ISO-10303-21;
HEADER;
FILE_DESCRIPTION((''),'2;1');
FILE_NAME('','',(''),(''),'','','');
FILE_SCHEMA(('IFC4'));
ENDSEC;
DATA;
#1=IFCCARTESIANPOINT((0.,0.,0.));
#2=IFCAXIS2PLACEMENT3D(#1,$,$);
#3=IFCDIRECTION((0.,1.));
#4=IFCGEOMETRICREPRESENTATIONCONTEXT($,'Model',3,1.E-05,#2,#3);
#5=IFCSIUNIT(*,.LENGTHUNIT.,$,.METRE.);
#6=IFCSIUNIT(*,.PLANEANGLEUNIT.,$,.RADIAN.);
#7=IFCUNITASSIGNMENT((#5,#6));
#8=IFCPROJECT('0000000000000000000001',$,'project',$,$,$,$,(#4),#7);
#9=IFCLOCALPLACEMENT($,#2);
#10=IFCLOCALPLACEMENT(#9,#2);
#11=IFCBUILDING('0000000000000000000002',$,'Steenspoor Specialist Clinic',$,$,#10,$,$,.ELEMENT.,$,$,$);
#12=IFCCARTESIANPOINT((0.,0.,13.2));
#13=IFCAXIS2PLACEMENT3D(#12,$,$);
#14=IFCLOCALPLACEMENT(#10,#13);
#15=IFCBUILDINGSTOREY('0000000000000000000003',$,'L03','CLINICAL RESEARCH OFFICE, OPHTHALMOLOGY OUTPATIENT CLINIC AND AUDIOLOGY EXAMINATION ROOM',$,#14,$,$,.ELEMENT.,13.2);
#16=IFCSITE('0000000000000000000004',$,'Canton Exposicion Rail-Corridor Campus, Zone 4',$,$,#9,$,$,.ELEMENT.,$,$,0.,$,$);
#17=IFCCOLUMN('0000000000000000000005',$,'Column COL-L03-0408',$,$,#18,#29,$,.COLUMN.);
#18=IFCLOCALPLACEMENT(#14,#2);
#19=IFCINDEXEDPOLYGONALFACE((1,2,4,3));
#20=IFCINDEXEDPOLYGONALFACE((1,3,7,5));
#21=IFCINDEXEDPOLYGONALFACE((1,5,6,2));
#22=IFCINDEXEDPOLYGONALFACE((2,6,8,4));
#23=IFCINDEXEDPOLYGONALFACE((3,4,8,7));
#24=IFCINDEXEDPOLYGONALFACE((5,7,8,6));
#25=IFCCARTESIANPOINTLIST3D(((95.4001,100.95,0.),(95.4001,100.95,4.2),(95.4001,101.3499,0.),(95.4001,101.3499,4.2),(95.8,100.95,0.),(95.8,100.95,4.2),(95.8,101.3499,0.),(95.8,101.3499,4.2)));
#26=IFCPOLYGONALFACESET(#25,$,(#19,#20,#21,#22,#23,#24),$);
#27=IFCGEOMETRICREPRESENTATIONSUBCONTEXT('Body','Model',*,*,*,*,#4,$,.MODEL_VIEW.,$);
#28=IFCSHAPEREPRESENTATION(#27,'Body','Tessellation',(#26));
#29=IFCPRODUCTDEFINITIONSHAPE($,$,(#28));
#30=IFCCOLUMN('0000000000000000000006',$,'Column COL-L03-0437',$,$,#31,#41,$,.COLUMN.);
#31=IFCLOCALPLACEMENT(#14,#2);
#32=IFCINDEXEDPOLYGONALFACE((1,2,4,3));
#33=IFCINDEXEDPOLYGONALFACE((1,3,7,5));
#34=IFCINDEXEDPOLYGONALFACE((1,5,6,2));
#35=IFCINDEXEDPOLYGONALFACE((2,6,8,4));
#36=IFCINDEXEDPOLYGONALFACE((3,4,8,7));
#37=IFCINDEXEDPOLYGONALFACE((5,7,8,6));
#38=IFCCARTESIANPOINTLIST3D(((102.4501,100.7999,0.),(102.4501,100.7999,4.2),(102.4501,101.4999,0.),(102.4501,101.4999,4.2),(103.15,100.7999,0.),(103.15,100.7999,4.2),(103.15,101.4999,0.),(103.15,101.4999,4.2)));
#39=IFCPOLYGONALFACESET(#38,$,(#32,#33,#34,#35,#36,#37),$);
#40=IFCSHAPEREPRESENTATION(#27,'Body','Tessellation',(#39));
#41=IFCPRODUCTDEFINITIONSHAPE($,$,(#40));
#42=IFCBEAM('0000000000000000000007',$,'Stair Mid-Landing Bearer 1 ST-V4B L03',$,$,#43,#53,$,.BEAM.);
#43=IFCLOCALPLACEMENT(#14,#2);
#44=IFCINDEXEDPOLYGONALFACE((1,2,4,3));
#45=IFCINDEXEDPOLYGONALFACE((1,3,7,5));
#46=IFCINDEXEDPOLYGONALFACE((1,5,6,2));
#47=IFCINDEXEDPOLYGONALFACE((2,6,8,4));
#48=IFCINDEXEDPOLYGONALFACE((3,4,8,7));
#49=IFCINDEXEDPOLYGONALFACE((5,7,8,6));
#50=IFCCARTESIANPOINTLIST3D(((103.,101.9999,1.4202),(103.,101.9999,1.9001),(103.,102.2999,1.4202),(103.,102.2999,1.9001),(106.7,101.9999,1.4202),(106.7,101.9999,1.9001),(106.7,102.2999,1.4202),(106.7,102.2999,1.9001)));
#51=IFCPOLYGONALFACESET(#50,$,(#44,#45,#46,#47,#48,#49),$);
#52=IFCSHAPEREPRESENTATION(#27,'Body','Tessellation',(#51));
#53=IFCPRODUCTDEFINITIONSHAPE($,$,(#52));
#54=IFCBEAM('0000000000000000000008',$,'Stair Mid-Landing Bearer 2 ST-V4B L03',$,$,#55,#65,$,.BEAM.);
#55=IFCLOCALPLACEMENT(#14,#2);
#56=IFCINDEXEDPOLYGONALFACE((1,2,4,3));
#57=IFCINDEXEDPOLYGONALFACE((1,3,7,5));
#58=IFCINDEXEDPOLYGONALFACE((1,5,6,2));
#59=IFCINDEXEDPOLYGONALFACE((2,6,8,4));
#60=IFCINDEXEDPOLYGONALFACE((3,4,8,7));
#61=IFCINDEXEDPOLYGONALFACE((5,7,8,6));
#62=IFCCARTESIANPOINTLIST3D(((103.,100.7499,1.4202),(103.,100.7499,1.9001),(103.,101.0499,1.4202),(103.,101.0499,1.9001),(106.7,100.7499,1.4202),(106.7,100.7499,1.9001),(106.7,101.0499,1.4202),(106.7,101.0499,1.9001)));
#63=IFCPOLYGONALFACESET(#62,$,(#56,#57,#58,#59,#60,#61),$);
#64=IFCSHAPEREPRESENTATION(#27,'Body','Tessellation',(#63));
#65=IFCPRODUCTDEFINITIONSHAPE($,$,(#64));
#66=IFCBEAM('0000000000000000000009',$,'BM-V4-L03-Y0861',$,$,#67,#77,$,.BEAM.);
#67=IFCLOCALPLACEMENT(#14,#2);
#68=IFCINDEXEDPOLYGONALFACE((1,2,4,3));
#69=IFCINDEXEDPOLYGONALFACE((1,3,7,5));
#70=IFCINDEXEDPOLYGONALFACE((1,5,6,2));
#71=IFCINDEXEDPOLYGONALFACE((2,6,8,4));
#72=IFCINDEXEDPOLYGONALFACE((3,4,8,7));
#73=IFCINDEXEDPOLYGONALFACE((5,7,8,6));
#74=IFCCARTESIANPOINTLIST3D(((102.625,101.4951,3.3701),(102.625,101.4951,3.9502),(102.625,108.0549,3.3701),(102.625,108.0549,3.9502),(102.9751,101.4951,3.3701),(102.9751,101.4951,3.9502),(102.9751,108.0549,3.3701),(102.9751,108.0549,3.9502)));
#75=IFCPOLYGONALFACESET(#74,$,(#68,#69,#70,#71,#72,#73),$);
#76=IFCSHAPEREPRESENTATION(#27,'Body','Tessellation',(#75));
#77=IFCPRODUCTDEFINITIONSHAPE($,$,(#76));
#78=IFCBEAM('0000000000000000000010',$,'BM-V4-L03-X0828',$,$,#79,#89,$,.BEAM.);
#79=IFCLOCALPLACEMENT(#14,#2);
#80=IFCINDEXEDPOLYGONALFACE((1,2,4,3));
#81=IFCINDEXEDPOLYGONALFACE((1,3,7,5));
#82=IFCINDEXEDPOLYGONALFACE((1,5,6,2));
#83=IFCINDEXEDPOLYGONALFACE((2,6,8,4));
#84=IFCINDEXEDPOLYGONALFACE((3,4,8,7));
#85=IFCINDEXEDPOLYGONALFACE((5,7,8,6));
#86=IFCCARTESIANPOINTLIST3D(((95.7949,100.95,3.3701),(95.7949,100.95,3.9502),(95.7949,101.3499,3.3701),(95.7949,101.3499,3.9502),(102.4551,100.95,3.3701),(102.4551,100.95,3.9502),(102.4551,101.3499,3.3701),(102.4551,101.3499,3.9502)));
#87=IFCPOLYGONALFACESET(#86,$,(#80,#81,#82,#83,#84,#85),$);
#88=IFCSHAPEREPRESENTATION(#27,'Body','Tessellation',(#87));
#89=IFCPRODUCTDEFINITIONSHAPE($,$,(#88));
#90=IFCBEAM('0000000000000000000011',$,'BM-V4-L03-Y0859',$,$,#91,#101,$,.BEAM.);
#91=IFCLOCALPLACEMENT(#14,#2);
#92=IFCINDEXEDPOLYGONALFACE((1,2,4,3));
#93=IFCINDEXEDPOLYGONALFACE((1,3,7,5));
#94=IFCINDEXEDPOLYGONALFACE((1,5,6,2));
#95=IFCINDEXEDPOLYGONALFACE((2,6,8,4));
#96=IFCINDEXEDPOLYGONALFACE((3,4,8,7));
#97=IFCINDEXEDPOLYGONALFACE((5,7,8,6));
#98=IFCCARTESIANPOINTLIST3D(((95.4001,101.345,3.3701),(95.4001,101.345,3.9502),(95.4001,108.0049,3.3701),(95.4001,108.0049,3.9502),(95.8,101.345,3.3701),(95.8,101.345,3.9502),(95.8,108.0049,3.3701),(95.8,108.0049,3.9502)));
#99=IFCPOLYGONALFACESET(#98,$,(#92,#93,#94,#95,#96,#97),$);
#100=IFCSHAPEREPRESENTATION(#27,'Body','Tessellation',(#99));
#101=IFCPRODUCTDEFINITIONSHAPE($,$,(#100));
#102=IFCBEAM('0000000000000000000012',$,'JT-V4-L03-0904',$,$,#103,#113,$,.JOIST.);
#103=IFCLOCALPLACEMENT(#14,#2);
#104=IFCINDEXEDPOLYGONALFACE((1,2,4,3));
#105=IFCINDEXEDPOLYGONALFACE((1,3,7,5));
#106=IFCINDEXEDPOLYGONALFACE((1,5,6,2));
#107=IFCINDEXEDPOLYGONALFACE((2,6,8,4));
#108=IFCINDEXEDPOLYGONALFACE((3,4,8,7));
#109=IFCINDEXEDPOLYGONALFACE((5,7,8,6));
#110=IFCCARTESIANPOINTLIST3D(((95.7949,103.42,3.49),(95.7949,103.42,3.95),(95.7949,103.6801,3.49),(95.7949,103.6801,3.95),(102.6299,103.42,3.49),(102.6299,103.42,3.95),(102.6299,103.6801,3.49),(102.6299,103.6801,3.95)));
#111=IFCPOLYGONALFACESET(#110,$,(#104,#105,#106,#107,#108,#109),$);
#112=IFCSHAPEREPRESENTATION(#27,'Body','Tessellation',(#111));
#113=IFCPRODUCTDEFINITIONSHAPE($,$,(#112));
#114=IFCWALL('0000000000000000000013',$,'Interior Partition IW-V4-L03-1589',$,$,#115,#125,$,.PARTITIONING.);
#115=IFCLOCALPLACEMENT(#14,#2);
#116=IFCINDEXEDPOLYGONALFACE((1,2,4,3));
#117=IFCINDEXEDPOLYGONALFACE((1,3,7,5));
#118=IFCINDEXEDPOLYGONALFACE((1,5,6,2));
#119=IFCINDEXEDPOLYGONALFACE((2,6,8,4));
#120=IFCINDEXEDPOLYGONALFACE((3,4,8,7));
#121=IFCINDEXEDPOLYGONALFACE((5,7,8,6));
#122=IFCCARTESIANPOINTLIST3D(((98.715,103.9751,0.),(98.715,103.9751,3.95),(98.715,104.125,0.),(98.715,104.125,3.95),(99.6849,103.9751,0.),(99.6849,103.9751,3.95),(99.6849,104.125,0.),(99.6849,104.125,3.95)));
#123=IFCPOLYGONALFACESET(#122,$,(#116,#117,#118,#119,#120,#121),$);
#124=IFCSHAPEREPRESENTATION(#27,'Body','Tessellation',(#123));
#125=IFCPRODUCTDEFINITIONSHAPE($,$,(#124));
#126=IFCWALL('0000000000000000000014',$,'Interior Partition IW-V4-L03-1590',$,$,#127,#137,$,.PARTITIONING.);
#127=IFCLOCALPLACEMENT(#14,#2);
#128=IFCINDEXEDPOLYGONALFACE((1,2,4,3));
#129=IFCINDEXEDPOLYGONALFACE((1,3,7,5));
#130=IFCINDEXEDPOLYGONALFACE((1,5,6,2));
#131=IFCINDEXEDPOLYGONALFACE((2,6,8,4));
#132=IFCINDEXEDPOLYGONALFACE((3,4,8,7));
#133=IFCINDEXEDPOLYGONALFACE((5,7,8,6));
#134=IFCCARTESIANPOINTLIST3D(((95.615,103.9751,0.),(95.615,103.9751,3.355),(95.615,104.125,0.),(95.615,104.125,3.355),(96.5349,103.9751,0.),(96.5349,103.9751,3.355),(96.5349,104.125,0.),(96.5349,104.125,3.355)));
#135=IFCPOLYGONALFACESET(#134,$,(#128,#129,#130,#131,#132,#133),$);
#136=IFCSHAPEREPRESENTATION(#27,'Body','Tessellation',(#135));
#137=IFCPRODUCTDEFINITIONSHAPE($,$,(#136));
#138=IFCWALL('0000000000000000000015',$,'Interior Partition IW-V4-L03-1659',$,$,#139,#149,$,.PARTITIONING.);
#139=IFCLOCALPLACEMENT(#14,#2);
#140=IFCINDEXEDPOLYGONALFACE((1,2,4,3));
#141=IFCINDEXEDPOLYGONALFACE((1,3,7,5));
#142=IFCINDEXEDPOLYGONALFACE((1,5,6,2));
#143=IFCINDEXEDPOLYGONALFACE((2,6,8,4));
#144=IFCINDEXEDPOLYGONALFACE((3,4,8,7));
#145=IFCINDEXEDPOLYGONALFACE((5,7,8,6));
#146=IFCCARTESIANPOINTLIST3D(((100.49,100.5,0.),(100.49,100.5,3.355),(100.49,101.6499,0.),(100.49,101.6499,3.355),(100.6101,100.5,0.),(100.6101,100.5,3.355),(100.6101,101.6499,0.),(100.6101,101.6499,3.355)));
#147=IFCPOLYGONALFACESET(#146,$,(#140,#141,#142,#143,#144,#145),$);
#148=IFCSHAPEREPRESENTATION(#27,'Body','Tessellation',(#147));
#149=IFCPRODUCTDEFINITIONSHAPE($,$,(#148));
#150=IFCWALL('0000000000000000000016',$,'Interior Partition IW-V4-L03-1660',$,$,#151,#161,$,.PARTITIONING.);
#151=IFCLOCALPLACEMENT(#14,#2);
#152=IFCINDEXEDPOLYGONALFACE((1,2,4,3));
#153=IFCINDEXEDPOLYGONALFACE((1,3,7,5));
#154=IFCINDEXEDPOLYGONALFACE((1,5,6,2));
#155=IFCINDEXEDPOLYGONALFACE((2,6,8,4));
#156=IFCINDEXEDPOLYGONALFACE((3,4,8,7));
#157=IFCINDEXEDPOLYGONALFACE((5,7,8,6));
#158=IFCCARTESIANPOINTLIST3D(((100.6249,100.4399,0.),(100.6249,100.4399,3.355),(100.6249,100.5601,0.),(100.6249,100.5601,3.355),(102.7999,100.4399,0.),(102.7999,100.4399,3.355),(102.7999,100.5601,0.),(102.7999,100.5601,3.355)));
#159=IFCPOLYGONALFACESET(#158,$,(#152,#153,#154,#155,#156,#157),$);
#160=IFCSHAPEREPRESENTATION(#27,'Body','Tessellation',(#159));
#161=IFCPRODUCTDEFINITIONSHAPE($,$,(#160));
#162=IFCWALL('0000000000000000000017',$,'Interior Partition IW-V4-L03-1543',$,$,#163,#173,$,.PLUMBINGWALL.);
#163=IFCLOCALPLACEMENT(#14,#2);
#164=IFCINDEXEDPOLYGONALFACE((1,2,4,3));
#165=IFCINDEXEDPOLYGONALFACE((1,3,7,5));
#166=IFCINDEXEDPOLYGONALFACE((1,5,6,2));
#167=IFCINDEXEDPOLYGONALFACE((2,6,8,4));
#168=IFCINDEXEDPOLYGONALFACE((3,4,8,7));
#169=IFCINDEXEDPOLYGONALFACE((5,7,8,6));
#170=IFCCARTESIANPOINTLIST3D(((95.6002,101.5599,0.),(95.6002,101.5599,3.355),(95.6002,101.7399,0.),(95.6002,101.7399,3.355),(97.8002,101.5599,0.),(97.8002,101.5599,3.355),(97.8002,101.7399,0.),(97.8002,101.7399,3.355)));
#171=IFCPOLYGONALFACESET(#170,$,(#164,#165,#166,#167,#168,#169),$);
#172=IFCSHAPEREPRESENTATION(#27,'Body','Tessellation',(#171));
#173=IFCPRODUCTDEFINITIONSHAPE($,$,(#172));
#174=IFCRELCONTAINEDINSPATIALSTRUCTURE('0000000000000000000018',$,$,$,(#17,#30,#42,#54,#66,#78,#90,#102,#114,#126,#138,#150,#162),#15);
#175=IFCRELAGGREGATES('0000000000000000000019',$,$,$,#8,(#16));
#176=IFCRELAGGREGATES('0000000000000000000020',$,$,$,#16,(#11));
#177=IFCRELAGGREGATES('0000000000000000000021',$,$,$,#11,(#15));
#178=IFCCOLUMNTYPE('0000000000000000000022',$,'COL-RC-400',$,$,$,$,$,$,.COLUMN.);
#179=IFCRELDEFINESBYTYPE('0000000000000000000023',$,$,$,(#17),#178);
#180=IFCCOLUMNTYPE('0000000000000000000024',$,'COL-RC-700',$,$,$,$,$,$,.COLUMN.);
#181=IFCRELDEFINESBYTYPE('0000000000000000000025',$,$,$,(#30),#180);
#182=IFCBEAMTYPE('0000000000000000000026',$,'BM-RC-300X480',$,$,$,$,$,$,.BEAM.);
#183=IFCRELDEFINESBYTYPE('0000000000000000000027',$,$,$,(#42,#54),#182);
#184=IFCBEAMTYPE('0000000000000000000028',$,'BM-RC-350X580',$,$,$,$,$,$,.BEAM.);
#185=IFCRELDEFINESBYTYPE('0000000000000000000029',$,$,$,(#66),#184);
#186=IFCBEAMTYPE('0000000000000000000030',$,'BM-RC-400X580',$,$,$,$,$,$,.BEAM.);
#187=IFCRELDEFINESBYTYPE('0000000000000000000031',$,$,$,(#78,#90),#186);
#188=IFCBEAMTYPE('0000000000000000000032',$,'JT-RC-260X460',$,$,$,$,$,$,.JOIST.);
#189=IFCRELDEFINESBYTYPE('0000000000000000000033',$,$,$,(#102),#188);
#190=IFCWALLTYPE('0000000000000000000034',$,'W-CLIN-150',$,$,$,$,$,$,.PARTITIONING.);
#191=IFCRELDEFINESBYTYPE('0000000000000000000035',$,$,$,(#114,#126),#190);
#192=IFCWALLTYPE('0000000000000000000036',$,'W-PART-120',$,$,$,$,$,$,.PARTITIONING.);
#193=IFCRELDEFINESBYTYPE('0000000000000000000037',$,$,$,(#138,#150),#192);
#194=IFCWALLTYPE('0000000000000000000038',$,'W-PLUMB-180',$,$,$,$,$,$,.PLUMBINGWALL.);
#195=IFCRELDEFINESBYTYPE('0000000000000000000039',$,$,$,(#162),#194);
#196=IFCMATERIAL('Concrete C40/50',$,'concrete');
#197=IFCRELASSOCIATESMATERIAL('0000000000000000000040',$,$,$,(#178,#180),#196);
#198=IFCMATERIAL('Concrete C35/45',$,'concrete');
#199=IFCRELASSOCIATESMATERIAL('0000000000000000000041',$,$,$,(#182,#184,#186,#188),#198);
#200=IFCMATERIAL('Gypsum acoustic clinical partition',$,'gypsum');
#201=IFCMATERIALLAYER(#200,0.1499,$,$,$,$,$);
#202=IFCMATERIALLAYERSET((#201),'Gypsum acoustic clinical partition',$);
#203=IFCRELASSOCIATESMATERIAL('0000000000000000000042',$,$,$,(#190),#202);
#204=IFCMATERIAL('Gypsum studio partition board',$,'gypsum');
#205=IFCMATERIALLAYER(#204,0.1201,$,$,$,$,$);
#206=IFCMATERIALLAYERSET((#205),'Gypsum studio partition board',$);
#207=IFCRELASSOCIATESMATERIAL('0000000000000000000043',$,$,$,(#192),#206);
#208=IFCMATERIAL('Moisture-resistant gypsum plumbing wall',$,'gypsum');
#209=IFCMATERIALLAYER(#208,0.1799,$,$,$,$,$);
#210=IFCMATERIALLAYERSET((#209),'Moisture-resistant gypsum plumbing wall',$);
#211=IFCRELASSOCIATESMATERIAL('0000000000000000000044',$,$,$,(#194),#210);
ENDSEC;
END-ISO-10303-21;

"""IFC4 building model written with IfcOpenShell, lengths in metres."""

from ifc_helpers import new_model, si_unit, direction, frame, frame_2d, origin, origin_2d, place, context, subcontext, project, spatial, rectangle, extrude, material, layer, layer_set, material_profile, profile_set, type_object, element, save


model = new_model("IFC4")

# Units and contexts
model_context = context("Model", 3, precision=1e-05, world=origin(), true_north=direction((0.0, 1.0)))
body_context = subcontext(model_context, "Body", "Model", "MODEL_VIEW")
ifc_project = project(units=[si_unit("LENGTHUNIT", "METRE"), si_unit("PLANEANGLEUNIT", "RADIAN")], contexts=[model_context])

# Site, building, storey
site_placement = place(None, origin())
site = spatial("IfcSite", under=ifc_project, at=site_placement, Name="Canton Exposicion Rail-Corridor Campus, Zone 4", CompositionType="ELEMENT", RefElevation=0.0)
building_placement = place(site_placement, origin())
building = spatial("IfcBuilding", under=site, at=building_placement, Name="Steenspoor Specialist Clinic", CompositionType="ELEMENT")
storey_placement = place(building_placement, frame((0.0, 0.0, 13.2)))
storey = spatial("IfcBuildingStorey", under=building, at=storey_placement, Name="L03", Description="CLINICAL RESEARCH OFFICE, OPHTHALMOLOGY OUTPATIENT CLINIC AND AUDIOLOGY EXAMINATION ROOM", CompositionType="ELEMENT", Elevation=13.2)

# Columns
ifc_material_1 = material(Name="Concrete C40/50", Category="concrete")
ifc_material_profile_1 = material_profile(ifc_material_1, rectangle(XDim=0.3999, YDim=0.3999, at=origin_2d()), Name="RC-COL-400X400")
ifc_profile_set_1 = profile_set([ifc_material_profile_1], Name="Concrete C40/50")
column_type_1 = type_object("IfcColumnType", Name="COL-RC-400", PredefinedType="COLUMN", material=ifc_profile_set_1)
column_1_placement = place(storey_placement, frame((95.6001, 101.1499, 0.0), z_axis=(0.0, 0.0, 1.0), x_axis=(1.0, 0.0, 0.0)))
element("IfcColumn", 1, at=column_1_placement, inside=storey, type_object=column_type_1, Name="Column COL-L03-0408", PredefinedType="COLUMN", context=body_context, shape_type="SweptSolid", body=[
    extrude(rectangle(XDim=0.3999, YDim=0.3999, at=origin_2d()), origin(), (0.0, 0.0, 1.0), 4.2),
])
ifc_material_profile_2 = material_profile(ifc_material_1, rectangle(XDim=0.7, YDim=0.7, at=origin_2d()), Name="RC-COL-700X700")
ifc_profile_set_2 = profile_set([ifc_material_profile_2], Name="Concrete C40/50")
column_type_2 = type_object("IfcColumnType", Name="COL-RC-700", PredefinedType="COLUMN", material=ifc_profile_set_2)
column_2_placement = place(storey_placement, frame((102.8, 101.1499, 0.0), z_axis=(0.0, 0.0, 1.0), x_axis=(1.0, 0.0, 0.0)))
element("IfcColumn", 2, at=column_2_placement, inside=storey, type_object=column_type_2, Name="Column COL-L03-0437", PredefinedType="COLUMN", context=body_context, shape_type="SweptSolid", body=[
    extrude(rectangle(XDim=0.7, YDim=0.7, at=origin_2d()), origin(), (0.0, 0.0, 1.0), 4.2),
])

# Beams
ifc_material_2 = material(Name="Concrete C35/45", Category="concrete")
ifc_material_profile_3 = material_profile(ifc_material_2, rectangle(XDim=0.3, YDim=0.48, at=origin_2d()), Name="RC-BM-300X480")
ifc_profile_set_3 = profile_set([ifc_material_profile_3], Name="Concrete C35/45")
beam_type_1 = type_object("IfcBeamType", Name="BM-RC-300X480", PredefinedType="BEAM", material=ifc_profile_set_3)
for number, where, z_axis, x_axis, name in (
    (3, (103.0, 102.1499, 1.6602), (1.0, 0.0, 0.0), (0.0, 1.0, 0.0), "Stair Mid-Landing Bearer 1 ST-V4B L03"),
    (4, (103.0, 100.8999, 1.6602), (1.0, 0.0, 0.0), (0.0, 1.0, 0.0), "Stair Mid-Landing Bearer 2 ST-V4B L03"),
):
    element("IfcBeam", number, at=place(storey_placement, frame(where, z_axis=z_axis, x_axis=x_axis)), inside=storey, type_object=beam_type_1, Name=name, PredefinedType="BEAM", context=body_context, shape_type="SweptSolid", body=[
        extrude(rectangle(XDim=0.3, YDim=0.48, at=origin_2d()), origin(), (0.0, 0.0, 1.0), 3.7),
    ])
ifc_material_profile_4 = material_profile(ifc_material_2, rectangle(XDim=0.3501, YDim=0.5801, at=origin_2d()), Name="RC-BM-350X580")
ifc_profile_set_4 = profile_set([ifc_material_profile_4], Name="Concrete C35/45")
beam_type_2 = type_object("IfcBeamType", Name="BM-RC-350X580", PredefinedType="BEAM", material=ifc_profile_set_4)
beam_1_placement = place(storey_placement, frame((102.8, 101.4951, 3.6602), z_axis=(0.0, 1.0, 0.0), x_axis=(-1.0, 0.0, 0.0)))
element("IfcBeam", 5, at=beam_1_placement, inside=storey, type_object=beam_type_2, Name="BM-V4-L03-Y0861", PredefinedType="BEAM", context=body_context, shape_type="SweptSolid", body=[
    extrude(rectangle(XDim=0.3501, YDim=0.5801, at=origin_2d()), origin(), (0.0, 0.0, 1.0), 6.5598),
])
ifc_material_profile_5 = material_profile(ifc_material_2, rectangle(XDim=0.3999, YDim=0.5801, at=origin_2d()), Name="RC-BM-400X580")
ifc_profile_set_5 = profile_set([ifc_material_profile_5], Name="Concrete C35/45")
beam_type_3 = type_object("IfcBeamType", Name="BM-RC-400X580", PredefinedType="BEAM", material=ifc_profile_set_5)
beam_2_placement = place(storey_placement, frame((95.7949, 101.1499, 3.6602), z_axis=(1.0, 0.0, 0.0), x_axis=(0.0, 1.0, 0.0)))
element("IfcBeam", 6, at=beam_2_placement, inside=storey, type_object=beam_type_3, Name="BM-V4-L03-X0828", PredefinedType="BEAM", context=body_context, shape_type="SweptSolid", body=[
    extrude(rectangle(XDim=0.3999, YDim=0.5801, at=origin_2d()), origin(), (0.0, 0.0, 1.0), 6.6602),
])
beam_3_placement = place(storey_placement, frame((95.6001, 101.345, 3.6602), z_axis=(0.0, 1.0, 0.0), x_axis=(-1.0, 0.0, 0.0)))
element("IfcBeam", 7, at=beam_3_placement, inside=storey, type_object=beam_type_3, Name="BM-V4-L03-Y0859", PredefinedType="BEAM", context=body_context, shape_type="SweptSolid", body=[
    extrude(rectangle(XDim=0.3999, YDim=0.5801, at=origin_2d()), origin(), (0.0, 0.0, 1.0), 6.6599),
])
ifc_material_profile_6 = material_profile(ifc_material_2, rectangle(XDim=0.26, YDim=0.46, at=origin_2d()), Name="RC-JT-260X460")
ifc_profile_set_6 = profile_set([ifc_material_profile_6], Name="Concrete C35/45")
beam_type_4 = type_object("IfcBeamType", Name="JT-RC-260X460", PredefinedType="JOIST", material=ifc_profile_set_6)
beam_4_placement = place(storey_placement, frame((95.7949, 103.55, 3.72), z_axis=(1.0, 0.0, 0.0), x_axis=(0.0, 1.0, 0.0)))
element("IfcBeam", 8, at=beam_4_placement, inside=storey, type_object=beam_type_4, Name="JT-V4-L03-0904", PredefinedType="JOIST", context=body_context, shape_type="SweptSolid", body=[
    extrude(rectangle(XDim=0.26, YDim=0.46, at=origin_2d()), origin(), (0.0, 0.0, 1.0), 6.835),
])

# Walls
ifc_material_3 = material(Name="Gypsum acoustic clinical partition", Category="gypsum")
ifc_layer_1 = layer(ifc_material_3, 0.1499)
ifc_layer_set_1 = layer_set([ifc_layer_1], Name="Gypsum acoustic clinical partition")
wall_type_1 = type_object("IfcWallType", Name="W-CLIN-150", PredefinedType="PARTITIONING", material=ifc_layer_set_1)
wall_1_placement = place(storey_placement, frame((98.7151, 104.05, 0.0), z_axis=(0.0, 0.0, 1.0), x_axis=(1.0, 0.0, 0.0)))
element("IfcWall", 9, at=wall_1_placement, inside=storey, type_object=wall_type_1, Name="Interior Partition IW-V4-L03-1589", PredefinedType="PARTITIONING", context=body_context, shape_type="SweptSolid", body=[
    extrude(rectangle(XDim=0.97, YDim=0.1499, at=frame_2d((0.4849, 0.0))), origin(), (0.0, 0.0, 1.0), 3.95),
])
wall_2_placement = place(storey_placement, frame((95.615, 104.05, 0.0), z_axis=(0.0, 0.0, 1.0), x_axis=(1.0, 0.0, 0.0)))
element("IfcWall", 10, at=wall_2_placement, inside=storey, type_object=wall_type_1, Name="Interior Partition IW-V4-L03-1590", PredefinedType="PARTITIONING", context=body_context, shape_type="SweptSolid", body=[
    extrude(rectangle(XDim=0.9199, YDim=0.1499, at=frame_2d((0.46, 0.0))), origin(), (0.0, 0.0, 1.0), 3.355),
])
ifc_material_4 = material(Name="Gypsum studio partition board", Category="gypsum")
ifc_layer_2 = layer(ifc_material_4, 0.1201)
ifc_layer_set_2 = layer_set([ifc_layer_2], Name="Gypsum studio partition board")
wall_type_2 = type_object("IfcWallType", Name="W-PART-120", PredefinedType="PARTITIONING", material=ifc_layer_set_2)
wall_3_placement = place(storey_placement, frame((100.55, 100.5, 0.0), z_axis=(0.0, 0.0, 1.0), x_axis=(0.0, 1.0, 0.0)))
element("IfcWall", 11, at=wall_3_placement, inside=storey, type_object=wall_type_2, Name="Interior Partition IW-V4-L03-1659", PredefinedType="PARTITIONING", context=body_context, shape_type="SweptSolid", body=[
    extrude(rectangle(XDim=1.1499, YDim=0.1201, at=frame_2d((0.575, 0.0))), origin(), (0.0, 0.0, 1.0), 3.355),
])
wall_4_placement = place(storey_placement, frame((100.625, 100.5, 0.0), z_axis=(0.0, 0.0, 1.0), x_axis=(1.0, 0.0, 0.0)))
element("IfcWall", 12, at=wall_4_placement, inside=storey, type_object=wall_type_2, Name="Interior Partition IW-V4-L03-1660", PredefinedType="PARTITIONING", context=body_context, shape_type="SweptSolid", body=[
    extrude(rectangle(XDim=2.175, YDim=0.1201, at=frame_2d((1.0874, 0.0))), origin(), (0.0, 0.0, 1.0), 3.355),
])

# Shared definitions
ifc_material_5 = material(Name="Moisture-resistant gypsum plumbing wall", Category="gypsum")
ifc_layer_3 = layer(ifc_material_5, 0.1799)
ifc_layer_set_3 = layer_set([ifc_layer_3], Name="Moisture-resistant gypsum plumbing wall")
wall_type_3 = type_object("IfcWallType", Name="W-PLUMB-180", PredefinedType="PLUMBINGWALL", material=ifc_layer_set_3)

# Wall
wall_5_placement = place(storey_placement, frame((95.6001, 101.6499, 0.0), z_axis=(0.0, 0.0, 1.0), x_axis=(1.0, 0.0, 0.0)))
element("IfcWall", 13, at=wall_5_placement, inside=storey, type_object=wall_type_3, Name="Interior Partition IW-V4-L03-1543", PredefinedType="PLUMBINGWALL", context=body_context, shape_type="SweptSolid", body=[
    extrude(rectangle(XDim=2.2, YDim=0.1799, at=frame_2d((1.1001, 0.0))), origin(), (0.0, 0.0, 1.0), 3.355),
])

save(model, "model.ifc")
